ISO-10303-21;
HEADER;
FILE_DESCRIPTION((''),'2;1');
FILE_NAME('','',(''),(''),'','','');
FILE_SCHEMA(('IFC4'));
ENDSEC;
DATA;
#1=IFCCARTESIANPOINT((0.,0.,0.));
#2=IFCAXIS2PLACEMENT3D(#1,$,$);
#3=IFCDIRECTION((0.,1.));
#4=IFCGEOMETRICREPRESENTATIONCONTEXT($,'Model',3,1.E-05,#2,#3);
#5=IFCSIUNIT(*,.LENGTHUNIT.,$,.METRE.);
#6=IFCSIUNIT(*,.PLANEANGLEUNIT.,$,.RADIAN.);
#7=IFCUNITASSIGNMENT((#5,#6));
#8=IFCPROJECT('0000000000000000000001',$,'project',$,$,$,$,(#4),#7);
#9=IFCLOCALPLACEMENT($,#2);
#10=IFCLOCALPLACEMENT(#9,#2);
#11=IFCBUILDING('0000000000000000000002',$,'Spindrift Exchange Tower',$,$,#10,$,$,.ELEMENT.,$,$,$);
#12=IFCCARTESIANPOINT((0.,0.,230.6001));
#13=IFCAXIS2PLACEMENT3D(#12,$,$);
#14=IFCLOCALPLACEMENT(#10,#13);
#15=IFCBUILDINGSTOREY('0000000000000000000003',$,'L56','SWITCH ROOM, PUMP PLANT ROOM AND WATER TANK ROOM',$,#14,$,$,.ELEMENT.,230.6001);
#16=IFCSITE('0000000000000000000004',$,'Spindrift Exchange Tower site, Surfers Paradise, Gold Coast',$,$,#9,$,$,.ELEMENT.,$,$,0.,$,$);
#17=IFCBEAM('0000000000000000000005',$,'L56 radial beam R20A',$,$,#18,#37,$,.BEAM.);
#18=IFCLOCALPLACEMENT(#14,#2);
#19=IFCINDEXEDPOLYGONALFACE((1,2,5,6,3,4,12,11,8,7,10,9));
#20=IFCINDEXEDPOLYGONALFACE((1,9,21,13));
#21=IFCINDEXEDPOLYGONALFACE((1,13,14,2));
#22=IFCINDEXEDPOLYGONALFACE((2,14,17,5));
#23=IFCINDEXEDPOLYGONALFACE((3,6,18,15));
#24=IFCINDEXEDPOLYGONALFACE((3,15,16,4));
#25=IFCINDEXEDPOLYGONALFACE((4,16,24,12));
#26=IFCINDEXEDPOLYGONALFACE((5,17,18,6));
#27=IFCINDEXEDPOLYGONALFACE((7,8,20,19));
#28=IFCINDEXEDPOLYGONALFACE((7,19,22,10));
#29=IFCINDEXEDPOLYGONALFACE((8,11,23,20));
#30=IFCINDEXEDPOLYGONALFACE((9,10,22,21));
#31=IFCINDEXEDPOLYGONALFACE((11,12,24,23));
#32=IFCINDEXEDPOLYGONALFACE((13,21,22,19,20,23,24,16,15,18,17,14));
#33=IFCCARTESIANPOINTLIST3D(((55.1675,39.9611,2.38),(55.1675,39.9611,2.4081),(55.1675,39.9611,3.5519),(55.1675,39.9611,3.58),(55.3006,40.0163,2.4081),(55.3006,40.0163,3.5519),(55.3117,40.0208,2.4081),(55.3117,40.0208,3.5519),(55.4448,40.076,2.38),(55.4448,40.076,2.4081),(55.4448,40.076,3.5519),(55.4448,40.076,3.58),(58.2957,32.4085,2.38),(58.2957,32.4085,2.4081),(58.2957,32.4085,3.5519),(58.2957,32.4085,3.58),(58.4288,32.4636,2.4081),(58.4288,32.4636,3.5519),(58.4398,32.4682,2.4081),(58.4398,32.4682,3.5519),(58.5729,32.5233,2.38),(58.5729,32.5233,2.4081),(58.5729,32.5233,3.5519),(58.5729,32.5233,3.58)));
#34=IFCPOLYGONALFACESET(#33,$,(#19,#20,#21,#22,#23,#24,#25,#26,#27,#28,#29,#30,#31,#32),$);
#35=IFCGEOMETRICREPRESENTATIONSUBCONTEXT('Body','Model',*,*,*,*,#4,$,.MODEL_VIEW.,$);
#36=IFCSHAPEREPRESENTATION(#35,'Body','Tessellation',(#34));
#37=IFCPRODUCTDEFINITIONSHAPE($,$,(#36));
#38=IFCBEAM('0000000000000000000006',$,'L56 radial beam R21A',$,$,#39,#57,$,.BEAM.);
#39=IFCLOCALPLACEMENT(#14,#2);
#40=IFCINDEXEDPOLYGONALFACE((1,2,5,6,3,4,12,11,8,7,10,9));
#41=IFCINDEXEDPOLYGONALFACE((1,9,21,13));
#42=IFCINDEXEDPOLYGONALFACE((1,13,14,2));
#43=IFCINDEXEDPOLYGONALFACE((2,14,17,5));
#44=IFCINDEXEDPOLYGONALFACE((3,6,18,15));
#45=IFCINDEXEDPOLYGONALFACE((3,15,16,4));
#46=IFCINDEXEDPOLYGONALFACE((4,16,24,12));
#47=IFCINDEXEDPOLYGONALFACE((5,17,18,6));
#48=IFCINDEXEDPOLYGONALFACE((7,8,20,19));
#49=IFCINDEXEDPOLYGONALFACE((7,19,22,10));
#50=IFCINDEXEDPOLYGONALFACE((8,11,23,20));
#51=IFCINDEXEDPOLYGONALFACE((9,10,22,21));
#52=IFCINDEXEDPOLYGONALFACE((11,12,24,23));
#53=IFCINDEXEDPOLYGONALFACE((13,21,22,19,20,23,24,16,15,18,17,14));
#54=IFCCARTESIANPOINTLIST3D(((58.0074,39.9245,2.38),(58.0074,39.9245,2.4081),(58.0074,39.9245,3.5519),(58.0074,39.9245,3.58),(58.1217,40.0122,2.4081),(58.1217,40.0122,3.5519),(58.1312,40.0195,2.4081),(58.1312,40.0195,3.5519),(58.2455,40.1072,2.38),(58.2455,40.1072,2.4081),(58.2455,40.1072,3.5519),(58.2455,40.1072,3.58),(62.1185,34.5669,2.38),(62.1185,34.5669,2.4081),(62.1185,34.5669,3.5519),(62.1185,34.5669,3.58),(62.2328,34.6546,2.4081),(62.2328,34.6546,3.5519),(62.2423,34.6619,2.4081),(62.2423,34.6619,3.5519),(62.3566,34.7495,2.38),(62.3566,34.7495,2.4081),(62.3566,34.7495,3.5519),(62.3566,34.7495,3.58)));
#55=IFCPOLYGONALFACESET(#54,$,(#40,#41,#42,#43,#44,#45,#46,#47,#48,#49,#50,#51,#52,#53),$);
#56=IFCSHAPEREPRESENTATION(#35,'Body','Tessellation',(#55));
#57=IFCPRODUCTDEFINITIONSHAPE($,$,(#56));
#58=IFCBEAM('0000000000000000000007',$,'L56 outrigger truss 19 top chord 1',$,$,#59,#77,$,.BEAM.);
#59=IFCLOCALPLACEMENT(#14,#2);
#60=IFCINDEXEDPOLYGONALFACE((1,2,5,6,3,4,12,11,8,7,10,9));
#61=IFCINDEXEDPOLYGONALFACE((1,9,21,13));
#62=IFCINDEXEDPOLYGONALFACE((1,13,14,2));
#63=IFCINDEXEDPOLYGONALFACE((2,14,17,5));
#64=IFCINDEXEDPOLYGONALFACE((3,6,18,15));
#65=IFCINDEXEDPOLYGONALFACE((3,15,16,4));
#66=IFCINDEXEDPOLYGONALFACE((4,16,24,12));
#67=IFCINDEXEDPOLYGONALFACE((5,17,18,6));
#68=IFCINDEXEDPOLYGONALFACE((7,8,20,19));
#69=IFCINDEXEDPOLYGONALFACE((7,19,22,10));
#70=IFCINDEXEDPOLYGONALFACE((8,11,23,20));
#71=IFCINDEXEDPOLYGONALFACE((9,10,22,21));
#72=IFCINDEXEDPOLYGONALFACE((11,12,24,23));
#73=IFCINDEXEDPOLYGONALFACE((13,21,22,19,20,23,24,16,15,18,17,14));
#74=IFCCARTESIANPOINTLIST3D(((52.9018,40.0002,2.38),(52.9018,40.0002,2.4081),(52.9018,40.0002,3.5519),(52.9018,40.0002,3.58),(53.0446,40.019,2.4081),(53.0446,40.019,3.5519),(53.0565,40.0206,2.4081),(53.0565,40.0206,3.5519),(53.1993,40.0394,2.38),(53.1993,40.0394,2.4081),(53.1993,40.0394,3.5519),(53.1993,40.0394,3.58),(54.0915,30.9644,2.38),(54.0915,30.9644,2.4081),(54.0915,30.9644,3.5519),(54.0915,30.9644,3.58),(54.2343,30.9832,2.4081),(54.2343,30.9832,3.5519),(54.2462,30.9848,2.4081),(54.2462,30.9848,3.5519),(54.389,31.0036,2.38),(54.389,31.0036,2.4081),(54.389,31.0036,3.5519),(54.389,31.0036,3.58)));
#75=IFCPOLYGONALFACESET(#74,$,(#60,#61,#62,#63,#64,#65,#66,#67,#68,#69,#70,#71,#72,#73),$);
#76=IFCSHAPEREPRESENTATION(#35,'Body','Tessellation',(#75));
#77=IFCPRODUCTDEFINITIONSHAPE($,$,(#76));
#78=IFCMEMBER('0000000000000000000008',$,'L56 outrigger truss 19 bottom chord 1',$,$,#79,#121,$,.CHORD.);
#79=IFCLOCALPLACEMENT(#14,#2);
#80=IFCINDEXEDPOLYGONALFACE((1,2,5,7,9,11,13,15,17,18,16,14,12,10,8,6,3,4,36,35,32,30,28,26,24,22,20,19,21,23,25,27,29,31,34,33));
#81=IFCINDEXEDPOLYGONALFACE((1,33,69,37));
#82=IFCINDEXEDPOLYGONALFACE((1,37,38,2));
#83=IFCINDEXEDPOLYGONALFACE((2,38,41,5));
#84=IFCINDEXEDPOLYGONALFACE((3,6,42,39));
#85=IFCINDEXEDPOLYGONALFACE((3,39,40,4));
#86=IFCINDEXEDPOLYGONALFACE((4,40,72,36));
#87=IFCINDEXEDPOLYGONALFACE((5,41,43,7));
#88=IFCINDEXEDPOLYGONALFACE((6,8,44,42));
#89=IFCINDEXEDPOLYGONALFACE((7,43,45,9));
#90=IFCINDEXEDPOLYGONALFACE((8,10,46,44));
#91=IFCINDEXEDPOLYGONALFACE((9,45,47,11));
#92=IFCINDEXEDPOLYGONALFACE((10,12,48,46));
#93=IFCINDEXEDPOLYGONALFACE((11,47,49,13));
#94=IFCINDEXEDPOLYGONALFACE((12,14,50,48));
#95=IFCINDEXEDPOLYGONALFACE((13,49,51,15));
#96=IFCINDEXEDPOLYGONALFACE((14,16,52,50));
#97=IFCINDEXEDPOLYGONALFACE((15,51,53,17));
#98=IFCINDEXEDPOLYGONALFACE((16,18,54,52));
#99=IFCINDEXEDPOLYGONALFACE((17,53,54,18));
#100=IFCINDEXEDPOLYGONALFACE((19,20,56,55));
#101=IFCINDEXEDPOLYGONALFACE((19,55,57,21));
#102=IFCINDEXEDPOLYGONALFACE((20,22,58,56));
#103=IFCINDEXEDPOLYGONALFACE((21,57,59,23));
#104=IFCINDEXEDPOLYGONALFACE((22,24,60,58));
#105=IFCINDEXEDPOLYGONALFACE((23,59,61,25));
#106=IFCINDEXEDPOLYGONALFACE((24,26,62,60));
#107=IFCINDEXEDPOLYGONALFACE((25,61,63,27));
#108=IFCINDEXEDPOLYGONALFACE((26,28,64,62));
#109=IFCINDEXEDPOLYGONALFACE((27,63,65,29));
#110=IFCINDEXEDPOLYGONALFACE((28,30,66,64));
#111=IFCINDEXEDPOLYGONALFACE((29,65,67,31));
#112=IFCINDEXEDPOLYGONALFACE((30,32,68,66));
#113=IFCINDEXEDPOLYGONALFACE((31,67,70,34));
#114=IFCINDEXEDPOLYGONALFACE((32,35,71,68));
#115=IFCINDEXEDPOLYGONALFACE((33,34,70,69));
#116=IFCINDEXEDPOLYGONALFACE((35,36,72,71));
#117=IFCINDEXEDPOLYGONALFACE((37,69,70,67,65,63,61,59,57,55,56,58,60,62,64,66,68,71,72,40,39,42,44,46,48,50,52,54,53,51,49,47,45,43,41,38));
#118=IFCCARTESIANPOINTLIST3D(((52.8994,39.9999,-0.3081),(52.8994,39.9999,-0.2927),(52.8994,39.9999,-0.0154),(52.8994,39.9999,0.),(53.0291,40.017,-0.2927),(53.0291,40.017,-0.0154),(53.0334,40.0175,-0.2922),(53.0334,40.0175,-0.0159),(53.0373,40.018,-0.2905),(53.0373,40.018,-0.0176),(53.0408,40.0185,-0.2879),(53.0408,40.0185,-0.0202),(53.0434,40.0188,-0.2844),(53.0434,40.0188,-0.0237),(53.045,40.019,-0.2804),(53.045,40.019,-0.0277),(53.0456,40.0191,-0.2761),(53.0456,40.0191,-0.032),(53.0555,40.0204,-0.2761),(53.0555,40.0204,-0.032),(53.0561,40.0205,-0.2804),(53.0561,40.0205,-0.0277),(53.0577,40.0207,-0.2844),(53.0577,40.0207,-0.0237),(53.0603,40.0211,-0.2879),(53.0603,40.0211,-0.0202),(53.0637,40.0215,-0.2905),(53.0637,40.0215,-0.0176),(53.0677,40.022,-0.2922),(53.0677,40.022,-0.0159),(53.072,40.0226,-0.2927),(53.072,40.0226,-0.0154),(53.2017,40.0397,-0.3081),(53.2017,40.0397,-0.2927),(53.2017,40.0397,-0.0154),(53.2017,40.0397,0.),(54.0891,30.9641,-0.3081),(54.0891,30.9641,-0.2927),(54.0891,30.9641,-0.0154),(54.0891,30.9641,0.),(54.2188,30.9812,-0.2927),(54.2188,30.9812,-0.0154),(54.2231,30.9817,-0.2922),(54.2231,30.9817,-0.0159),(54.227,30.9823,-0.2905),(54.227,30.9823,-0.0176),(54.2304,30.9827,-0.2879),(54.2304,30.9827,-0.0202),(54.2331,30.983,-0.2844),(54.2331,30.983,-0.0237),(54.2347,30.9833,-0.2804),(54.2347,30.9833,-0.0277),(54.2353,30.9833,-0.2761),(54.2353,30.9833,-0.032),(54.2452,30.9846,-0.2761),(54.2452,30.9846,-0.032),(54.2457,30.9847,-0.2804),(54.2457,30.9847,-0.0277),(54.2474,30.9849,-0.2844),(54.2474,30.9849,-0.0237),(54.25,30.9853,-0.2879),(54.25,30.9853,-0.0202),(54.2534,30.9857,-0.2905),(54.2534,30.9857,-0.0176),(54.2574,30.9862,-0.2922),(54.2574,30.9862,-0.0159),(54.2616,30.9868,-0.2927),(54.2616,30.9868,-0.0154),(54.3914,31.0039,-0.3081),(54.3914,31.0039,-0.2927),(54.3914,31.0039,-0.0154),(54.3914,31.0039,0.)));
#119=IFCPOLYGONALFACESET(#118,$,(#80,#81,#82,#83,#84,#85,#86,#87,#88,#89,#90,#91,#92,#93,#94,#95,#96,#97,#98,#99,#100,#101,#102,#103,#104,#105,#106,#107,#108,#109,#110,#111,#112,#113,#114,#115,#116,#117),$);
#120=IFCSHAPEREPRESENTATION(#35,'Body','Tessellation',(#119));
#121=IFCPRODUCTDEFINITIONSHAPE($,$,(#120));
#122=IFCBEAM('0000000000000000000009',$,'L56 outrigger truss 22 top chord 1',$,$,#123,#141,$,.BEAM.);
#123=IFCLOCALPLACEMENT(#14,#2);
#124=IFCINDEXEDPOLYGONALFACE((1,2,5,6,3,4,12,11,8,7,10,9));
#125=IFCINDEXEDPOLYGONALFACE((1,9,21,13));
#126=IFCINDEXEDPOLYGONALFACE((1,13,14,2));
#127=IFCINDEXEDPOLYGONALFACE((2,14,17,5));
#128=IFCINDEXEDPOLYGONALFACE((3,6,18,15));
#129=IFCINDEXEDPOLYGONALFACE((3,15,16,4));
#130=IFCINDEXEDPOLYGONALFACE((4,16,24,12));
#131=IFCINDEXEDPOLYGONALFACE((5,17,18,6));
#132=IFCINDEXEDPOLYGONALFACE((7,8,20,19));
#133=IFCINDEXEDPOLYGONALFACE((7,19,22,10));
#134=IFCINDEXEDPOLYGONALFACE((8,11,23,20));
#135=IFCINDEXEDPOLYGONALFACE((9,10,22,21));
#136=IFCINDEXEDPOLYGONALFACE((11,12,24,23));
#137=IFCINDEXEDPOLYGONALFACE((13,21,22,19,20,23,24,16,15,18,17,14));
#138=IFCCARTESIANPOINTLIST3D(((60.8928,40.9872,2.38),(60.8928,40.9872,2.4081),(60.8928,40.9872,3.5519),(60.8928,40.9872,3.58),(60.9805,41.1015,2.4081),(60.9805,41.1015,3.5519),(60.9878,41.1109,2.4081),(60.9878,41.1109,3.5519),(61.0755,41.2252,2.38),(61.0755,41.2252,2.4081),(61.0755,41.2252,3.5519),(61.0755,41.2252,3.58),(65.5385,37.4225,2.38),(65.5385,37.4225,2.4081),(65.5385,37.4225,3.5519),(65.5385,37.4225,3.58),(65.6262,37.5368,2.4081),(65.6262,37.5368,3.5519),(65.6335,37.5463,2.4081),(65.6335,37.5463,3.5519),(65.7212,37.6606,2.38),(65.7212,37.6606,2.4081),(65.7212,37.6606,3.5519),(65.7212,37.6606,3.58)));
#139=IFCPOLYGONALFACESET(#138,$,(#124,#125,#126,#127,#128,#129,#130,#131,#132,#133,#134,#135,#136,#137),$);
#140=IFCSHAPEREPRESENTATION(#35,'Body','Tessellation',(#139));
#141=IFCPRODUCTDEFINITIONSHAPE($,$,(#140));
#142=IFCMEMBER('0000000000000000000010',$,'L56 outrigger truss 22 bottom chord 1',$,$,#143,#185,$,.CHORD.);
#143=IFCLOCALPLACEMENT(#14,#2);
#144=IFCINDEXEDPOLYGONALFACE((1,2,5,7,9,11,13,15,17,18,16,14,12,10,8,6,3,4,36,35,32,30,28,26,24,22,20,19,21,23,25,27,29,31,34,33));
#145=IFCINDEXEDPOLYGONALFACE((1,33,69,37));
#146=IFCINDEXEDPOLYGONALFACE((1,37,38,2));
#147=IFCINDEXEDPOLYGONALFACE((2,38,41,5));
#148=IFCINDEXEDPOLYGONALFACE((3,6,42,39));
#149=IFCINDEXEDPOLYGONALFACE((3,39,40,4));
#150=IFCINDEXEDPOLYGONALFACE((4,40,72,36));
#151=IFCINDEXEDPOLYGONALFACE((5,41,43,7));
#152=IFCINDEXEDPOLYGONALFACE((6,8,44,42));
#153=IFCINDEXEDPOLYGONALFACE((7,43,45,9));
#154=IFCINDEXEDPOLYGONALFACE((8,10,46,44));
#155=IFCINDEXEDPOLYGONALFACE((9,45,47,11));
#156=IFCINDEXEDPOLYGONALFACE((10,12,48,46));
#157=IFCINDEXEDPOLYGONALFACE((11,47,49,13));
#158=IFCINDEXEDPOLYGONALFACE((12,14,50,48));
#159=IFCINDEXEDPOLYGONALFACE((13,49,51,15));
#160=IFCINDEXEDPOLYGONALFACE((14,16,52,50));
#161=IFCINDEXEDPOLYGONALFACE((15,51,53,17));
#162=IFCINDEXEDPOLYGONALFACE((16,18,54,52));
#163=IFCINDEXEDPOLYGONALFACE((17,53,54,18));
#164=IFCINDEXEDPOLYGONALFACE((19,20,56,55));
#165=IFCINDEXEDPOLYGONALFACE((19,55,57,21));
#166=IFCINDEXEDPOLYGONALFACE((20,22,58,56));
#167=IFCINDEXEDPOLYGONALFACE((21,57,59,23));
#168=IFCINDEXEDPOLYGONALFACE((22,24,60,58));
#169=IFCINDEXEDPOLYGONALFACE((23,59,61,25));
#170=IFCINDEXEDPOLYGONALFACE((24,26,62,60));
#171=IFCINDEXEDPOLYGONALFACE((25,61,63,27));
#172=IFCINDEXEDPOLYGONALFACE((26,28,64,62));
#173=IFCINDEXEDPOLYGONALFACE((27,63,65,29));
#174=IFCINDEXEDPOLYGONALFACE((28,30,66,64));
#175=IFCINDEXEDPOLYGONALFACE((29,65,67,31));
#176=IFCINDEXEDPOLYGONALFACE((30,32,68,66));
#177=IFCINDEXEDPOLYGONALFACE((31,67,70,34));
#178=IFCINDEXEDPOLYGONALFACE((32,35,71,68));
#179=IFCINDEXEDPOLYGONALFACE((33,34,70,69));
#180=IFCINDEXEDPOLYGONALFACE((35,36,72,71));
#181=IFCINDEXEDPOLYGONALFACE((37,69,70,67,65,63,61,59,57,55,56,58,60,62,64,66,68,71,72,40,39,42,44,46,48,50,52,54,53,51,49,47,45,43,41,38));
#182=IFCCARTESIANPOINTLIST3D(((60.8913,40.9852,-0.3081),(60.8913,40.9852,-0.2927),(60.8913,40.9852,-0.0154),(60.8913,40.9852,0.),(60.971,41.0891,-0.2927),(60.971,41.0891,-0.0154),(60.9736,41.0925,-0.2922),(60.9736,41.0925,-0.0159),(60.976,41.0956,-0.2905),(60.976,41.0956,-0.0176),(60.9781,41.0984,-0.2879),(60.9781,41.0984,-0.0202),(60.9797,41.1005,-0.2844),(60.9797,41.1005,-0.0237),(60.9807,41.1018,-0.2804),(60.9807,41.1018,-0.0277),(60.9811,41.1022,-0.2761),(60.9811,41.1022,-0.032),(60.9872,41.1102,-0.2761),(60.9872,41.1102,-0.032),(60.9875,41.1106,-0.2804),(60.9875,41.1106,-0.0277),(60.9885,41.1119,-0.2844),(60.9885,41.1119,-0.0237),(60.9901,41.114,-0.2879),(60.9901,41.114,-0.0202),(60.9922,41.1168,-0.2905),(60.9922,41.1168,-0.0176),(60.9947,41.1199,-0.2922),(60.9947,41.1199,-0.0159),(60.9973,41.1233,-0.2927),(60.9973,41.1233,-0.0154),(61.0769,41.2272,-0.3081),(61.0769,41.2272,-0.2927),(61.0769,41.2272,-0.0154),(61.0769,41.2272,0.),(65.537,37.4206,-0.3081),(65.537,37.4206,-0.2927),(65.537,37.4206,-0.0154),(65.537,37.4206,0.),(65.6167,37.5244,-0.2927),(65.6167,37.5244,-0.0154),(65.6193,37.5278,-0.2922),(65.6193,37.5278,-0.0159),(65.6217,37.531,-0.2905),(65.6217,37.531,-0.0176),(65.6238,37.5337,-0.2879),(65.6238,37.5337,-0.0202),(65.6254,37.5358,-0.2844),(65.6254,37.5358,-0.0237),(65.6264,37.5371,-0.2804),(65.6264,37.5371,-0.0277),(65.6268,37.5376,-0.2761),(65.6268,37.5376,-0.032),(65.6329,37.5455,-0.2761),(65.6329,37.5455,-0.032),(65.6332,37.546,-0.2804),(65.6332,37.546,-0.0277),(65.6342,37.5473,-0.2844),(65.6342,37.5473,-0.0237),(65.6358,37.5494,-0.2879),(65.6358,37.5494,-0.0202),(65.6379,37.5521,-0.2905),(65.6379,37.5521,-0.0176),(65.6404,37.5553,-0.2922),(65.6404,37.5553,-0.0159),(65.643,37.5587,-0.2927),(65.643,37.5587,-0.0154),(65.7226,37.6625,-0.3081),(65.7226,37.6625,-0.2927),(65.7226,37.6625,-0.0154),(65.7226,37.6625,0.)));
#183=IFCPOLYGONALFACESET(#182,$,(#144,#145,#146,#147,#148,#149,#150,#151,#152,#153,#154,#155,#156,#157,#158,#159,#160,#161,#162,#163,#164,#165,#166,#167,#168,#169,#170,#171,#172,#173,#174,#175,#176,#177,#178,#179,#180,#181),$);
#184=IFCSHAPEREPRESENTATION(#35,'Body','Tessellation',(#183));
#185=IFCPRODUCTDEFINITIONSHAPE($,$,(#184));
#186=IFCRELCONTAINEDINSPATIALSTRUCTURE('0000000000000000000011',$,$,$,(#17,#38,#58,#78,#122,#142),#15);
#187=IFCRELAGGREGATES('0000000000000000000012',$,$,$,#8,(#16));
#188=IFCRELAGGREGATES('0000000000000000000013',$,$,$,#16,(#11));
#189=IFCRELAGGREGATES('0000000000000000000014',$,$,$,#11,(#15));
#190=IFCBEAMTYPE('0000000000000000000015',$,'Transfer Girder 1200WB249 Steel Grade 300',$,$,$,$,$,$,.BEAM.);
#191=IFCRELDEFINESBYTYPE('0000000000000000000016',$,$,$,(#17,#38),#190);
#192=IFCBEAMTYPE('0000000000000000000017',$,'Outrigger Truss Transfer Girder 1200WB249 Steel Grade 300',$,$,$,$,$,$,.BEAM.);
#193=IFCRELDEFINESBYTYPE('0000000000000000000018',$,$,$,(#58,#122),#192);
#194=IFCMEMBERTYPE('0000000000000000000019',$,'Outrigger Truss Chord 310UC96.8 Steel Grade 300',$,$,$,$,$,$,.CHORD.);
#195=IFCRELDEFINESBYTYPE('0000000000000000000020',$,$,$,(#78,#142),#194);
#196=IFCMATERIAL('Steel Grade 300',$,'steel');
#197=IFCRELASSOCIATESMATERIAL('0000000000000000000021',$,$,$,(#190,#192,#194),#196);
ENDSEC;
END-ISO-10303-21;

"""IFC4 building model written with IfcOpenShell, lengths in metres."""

from ifc_helpers import new_model, si_unit, direction, frame, origin, origin_2d, place, context, subcontext, project, spatial, i_section, extrude, source, transform, mapped, material, material_profile, profile_set, type_object, element, save


model = new_model("IFC4")

# Units and contexts
model_context = context("Model", 3, precision=1e-05, world=origin(), true_north=direction((0.0, 1.0)))
body_context = subcontext(model_context, "Body", "Model", "MODEL_VIEW")
ifc_project = project(units=[si_unit("LENGTHUNIT", "METRE"), si_unit("PLANEANGLEUNIT", "RADIAN")], contexts=[model_context])

# Site, building, storey
site_placement = place(None, origin())
site = spatial("IfcSite", under=ifc_project, at=site_placement, Name="Spindrift Exchange Tower site, Surfers Paradise, Gold Coast", CompositionType="ELEMENT", RefElevation=0.0)
building_placement = place(site_placement, origin())
building = spatial("IfcBuilding", under=site, at=building_placement, Name="Spindrift Exchange Tower", CompositionType="ELEMENT")
storey_placement = place(building_placement, frame((0.0, 0.0, 230.6001)))
storey = spatial("IfcBuildingStorey", under=building, at=storey_placement, Name="L56", Description="SWITCH ROOM, PUMP PLANT ROOM AND WATER TANK ROOM", CompositionType="ELEMENT", Elevation=230.6001)

# Beams
ifc_material_1 = material(Name="Steel Grade 300", Category="steel")
ifc_material_profile_1 = material_profile(ifc_material_1, i_section(OverallWidth=0.3, OverallDepth=1.2, WebThickness=0.012, FlangeThickness=0.0281, at=origin_2d()), Name="1200WB249")
ifc_profile_set_1 = profile_set([ifc_material_profile_1], Name="Steel Grade 300")
beam_type_1 = type_object("IfcBeamType", Name="Transfer Girder 1200WB249 Steel Grade 300", PredefinedType="BEAM", material=ifc_profile_set_1)
shared_shape_1 = source(origin(), body_context, "Body", "SweptSolid", [
    extrude(i_section(OverallWidth=0.3, OverallDepth=1.2, WebThickness=0.012, FlangeThickness=0.0281, at=origin_2d()), origin(), (0.0, 0.0, 1.0), 8.1748),
])
beam_1_placement = place(storey_placement, frame((55.3062, 40.0186, 2.98), z_axis=(0.382655, -0.923891, 0.0), x_axis=(0.923891, 0.382655, 0.0)))
element("IfcBeam", 1, at=beam_1_placement, inside=storey, type_object=beam_type_1, Name="L56 radial beam R20A", PredefinedType="BEAM", context=body_context, shape_type="MappedRepresentation", body=[
    mapped(shared_shape_1, transform((0.0, 0.0, 0.0), scale=1.0)),
])
shared_shape_2 = source(origin(), body_context, "Body", "SweptSolid", [
    extrude(i_section(OverallWidth=0.3, OverallDepth=1.2, WebThickness=0.012, FlangeThickness=0.0281, at=origin_2d()), origin(), (0.0, 0.0, 1.0), 6.7532),
])
beam_2_placement = place(storey_placement, frame((58.1265, 40.0159, 2.98), z_axis=(0.608762, -0.793353, 0.0), x_axis=(0.793353, 0.608762, 0.0)))
element("IfcBeam", 2, at=beam_2_placement, inside=storey, type_object=beam_type_1, Name="L56 radial beam R21A", PredefinedType="BEAM", context=body_context, shape_type="MappedRepresentation", body=[
    mapped(shared_shape_2, transform((0.0, 0.0, 0.0), scale=1.0)),
])
ifc_material_profile_2 = material_profile(ifc_material_1, i_section(OverallWidth=0.3, OverallDepth=1.2, WebThickness=0.012, FlangeThickness=0.0281, at=origin_2d()), Name="1200WB249")
ifc_profile_set_2 = profile_set([ifc_material_profile_2], Name="Steel Grade 300")
beam_type_2 = type_object("IfcBeamType", Name="Outrigger Truss Transfer Girder 1200WB249 Steel Grade 300", PredefinedType="BEAM", material=ifc_profile_set_2)
shared_shape_3 = source(origin(), body_context, "Body", "SweptSolid", [
    extrude(i_section(OverallWidth=0.3, OverallDepth=1.2, WebThickness=0.012, FlangeThickness=0.0281, at=origin_2d()), origin(), (0.0, 0.0, 1.0), 9.1138),
])
beam_3_placement = place(storey_placement, frame((53.0505, 40.0198, 2.98), z_axis=(0.130537, -0.991443, 0.0), x_axis=(0.991443, 0.130537, 0.0)))
element("IfcBeam", 3, at=beam_3_placement, inside=storey, type_object=beam_type_2, Name="L56 outrigger truss 19 top chord 1", PredefinedType="BEAM", context=body_context, shape_type="MappedRepresentation", body=[
    mapped(shared_shape_3, transform((0.0, 0.0, 0.0), scale=1.0)),
])

# Member
ifc_material_profile_3 = material_profile(ifc_material_1, i_section(OverallWidth=0.3049, OverallDepth=0.3081, WebThickness=0.01, FlangeThickness=0.0154, FilletRadius=0.0166, at=origin_2d()), Name="310UC96.8")
ifc_profile_set_3 = profile_set([ifc_material_profile_3], Name="Steel Grade 300")
member_type = type_object("IfcMemberType", Name="Outrigger Truss Chord 310UC96.8 Steel Grade 300", PredefinedType="CHORD", material=ifc_profile_set_3)
shared_shape_4 = source(origin(), body_context, "Body", "SweptSolid", [
    extrude(i_section(OverallWidth=0.3049, OverallDepth=0.3081, WebThickness=0.01, FlangeThickness=0.0154, FilletRadius=0.0166, at=origin_2d()), origin(), (0.0, 0.0, 1.0), 9.1138),
])
member_1_placement = place(storey_placement, frame((53.0505, 40.0198, -0.1541), z_axis=(0.130537, -0.991443, 0.0), x_axis=(0.991443, 0.130537, 0.0)))
element("IfcMember", 4, at=member_1_placement, inside=storey, type_object=member_type, Name="L56 outrigger truss 19 bottom chord 1", PredefinedType="CHORD", context=body_context, shape_type="MappedRepresentation", body=[
    mapped(shared_shape_4, transform((0.0, 0.0, 0.0), scale=1.0)),
])

# Beam
shared_shape_5 = source(origin(), body_context, "Body", "SweptSolid", [
    extrude(i_section(OverallWidth=0.3, OverallDepth=1.2, WebThickness=0.012, FlangeThickness=0.0281, at=origin_2d()), origin(), (0.0, 0.0, 1.0), 5.8557),
])
beam_4_placement = place(storey_placement, frame((60.9841, 41.1062, 2.98), z_axis=(0.793363, -0.608749, 0.0), x_axis=(0.608749, 0.793363, 0.0)))
element("IfcBeam", 5, at=beam_4_placement, inside=storey, type_object=beam_type_2, Name="L56 outrigger truss 22 top chord 1", PredefinedType="BEAM", context=body_context, shape_type="MappedRepresentation", body=[
    mapped(shared_shape_5, transform((0.0, 0.0, 0.0), scale=1.0)),
])

# Member
shared_shape_6 = source(origin(), body_context, "Body", "SweptSolid", [
    extrude(i_section(OverallWidth=0.3049, OverallDepth=0.3081, WebThickness=0.01, FlangeThickness=0.0154, FilletRadius=0.0166, at=origin_2d()), origin(), (0.0, 0.0, 1.0), 5.8557),
])
member_2_placement = place(storey_placement, frame((60.9841, 41.1062, -0.1541), z_axis=(0.793363, -0.608749, 0.0), x_axis=(0.608749, 0.793363, 0.0)))
element("IfcMember", 6, at=member_2_placement, inside=storey, type_object=member_type, Name="L56 outrigger truss 22 bottom chord 1", PredefinedType="CHORD", context=body_context, shape_type="MappedRepresentation", body=[
    mapped(shared_shape_6, transform((0.0, 0.0, 0.0), scale=1.0)),
])

save(model, "model.ifc")
